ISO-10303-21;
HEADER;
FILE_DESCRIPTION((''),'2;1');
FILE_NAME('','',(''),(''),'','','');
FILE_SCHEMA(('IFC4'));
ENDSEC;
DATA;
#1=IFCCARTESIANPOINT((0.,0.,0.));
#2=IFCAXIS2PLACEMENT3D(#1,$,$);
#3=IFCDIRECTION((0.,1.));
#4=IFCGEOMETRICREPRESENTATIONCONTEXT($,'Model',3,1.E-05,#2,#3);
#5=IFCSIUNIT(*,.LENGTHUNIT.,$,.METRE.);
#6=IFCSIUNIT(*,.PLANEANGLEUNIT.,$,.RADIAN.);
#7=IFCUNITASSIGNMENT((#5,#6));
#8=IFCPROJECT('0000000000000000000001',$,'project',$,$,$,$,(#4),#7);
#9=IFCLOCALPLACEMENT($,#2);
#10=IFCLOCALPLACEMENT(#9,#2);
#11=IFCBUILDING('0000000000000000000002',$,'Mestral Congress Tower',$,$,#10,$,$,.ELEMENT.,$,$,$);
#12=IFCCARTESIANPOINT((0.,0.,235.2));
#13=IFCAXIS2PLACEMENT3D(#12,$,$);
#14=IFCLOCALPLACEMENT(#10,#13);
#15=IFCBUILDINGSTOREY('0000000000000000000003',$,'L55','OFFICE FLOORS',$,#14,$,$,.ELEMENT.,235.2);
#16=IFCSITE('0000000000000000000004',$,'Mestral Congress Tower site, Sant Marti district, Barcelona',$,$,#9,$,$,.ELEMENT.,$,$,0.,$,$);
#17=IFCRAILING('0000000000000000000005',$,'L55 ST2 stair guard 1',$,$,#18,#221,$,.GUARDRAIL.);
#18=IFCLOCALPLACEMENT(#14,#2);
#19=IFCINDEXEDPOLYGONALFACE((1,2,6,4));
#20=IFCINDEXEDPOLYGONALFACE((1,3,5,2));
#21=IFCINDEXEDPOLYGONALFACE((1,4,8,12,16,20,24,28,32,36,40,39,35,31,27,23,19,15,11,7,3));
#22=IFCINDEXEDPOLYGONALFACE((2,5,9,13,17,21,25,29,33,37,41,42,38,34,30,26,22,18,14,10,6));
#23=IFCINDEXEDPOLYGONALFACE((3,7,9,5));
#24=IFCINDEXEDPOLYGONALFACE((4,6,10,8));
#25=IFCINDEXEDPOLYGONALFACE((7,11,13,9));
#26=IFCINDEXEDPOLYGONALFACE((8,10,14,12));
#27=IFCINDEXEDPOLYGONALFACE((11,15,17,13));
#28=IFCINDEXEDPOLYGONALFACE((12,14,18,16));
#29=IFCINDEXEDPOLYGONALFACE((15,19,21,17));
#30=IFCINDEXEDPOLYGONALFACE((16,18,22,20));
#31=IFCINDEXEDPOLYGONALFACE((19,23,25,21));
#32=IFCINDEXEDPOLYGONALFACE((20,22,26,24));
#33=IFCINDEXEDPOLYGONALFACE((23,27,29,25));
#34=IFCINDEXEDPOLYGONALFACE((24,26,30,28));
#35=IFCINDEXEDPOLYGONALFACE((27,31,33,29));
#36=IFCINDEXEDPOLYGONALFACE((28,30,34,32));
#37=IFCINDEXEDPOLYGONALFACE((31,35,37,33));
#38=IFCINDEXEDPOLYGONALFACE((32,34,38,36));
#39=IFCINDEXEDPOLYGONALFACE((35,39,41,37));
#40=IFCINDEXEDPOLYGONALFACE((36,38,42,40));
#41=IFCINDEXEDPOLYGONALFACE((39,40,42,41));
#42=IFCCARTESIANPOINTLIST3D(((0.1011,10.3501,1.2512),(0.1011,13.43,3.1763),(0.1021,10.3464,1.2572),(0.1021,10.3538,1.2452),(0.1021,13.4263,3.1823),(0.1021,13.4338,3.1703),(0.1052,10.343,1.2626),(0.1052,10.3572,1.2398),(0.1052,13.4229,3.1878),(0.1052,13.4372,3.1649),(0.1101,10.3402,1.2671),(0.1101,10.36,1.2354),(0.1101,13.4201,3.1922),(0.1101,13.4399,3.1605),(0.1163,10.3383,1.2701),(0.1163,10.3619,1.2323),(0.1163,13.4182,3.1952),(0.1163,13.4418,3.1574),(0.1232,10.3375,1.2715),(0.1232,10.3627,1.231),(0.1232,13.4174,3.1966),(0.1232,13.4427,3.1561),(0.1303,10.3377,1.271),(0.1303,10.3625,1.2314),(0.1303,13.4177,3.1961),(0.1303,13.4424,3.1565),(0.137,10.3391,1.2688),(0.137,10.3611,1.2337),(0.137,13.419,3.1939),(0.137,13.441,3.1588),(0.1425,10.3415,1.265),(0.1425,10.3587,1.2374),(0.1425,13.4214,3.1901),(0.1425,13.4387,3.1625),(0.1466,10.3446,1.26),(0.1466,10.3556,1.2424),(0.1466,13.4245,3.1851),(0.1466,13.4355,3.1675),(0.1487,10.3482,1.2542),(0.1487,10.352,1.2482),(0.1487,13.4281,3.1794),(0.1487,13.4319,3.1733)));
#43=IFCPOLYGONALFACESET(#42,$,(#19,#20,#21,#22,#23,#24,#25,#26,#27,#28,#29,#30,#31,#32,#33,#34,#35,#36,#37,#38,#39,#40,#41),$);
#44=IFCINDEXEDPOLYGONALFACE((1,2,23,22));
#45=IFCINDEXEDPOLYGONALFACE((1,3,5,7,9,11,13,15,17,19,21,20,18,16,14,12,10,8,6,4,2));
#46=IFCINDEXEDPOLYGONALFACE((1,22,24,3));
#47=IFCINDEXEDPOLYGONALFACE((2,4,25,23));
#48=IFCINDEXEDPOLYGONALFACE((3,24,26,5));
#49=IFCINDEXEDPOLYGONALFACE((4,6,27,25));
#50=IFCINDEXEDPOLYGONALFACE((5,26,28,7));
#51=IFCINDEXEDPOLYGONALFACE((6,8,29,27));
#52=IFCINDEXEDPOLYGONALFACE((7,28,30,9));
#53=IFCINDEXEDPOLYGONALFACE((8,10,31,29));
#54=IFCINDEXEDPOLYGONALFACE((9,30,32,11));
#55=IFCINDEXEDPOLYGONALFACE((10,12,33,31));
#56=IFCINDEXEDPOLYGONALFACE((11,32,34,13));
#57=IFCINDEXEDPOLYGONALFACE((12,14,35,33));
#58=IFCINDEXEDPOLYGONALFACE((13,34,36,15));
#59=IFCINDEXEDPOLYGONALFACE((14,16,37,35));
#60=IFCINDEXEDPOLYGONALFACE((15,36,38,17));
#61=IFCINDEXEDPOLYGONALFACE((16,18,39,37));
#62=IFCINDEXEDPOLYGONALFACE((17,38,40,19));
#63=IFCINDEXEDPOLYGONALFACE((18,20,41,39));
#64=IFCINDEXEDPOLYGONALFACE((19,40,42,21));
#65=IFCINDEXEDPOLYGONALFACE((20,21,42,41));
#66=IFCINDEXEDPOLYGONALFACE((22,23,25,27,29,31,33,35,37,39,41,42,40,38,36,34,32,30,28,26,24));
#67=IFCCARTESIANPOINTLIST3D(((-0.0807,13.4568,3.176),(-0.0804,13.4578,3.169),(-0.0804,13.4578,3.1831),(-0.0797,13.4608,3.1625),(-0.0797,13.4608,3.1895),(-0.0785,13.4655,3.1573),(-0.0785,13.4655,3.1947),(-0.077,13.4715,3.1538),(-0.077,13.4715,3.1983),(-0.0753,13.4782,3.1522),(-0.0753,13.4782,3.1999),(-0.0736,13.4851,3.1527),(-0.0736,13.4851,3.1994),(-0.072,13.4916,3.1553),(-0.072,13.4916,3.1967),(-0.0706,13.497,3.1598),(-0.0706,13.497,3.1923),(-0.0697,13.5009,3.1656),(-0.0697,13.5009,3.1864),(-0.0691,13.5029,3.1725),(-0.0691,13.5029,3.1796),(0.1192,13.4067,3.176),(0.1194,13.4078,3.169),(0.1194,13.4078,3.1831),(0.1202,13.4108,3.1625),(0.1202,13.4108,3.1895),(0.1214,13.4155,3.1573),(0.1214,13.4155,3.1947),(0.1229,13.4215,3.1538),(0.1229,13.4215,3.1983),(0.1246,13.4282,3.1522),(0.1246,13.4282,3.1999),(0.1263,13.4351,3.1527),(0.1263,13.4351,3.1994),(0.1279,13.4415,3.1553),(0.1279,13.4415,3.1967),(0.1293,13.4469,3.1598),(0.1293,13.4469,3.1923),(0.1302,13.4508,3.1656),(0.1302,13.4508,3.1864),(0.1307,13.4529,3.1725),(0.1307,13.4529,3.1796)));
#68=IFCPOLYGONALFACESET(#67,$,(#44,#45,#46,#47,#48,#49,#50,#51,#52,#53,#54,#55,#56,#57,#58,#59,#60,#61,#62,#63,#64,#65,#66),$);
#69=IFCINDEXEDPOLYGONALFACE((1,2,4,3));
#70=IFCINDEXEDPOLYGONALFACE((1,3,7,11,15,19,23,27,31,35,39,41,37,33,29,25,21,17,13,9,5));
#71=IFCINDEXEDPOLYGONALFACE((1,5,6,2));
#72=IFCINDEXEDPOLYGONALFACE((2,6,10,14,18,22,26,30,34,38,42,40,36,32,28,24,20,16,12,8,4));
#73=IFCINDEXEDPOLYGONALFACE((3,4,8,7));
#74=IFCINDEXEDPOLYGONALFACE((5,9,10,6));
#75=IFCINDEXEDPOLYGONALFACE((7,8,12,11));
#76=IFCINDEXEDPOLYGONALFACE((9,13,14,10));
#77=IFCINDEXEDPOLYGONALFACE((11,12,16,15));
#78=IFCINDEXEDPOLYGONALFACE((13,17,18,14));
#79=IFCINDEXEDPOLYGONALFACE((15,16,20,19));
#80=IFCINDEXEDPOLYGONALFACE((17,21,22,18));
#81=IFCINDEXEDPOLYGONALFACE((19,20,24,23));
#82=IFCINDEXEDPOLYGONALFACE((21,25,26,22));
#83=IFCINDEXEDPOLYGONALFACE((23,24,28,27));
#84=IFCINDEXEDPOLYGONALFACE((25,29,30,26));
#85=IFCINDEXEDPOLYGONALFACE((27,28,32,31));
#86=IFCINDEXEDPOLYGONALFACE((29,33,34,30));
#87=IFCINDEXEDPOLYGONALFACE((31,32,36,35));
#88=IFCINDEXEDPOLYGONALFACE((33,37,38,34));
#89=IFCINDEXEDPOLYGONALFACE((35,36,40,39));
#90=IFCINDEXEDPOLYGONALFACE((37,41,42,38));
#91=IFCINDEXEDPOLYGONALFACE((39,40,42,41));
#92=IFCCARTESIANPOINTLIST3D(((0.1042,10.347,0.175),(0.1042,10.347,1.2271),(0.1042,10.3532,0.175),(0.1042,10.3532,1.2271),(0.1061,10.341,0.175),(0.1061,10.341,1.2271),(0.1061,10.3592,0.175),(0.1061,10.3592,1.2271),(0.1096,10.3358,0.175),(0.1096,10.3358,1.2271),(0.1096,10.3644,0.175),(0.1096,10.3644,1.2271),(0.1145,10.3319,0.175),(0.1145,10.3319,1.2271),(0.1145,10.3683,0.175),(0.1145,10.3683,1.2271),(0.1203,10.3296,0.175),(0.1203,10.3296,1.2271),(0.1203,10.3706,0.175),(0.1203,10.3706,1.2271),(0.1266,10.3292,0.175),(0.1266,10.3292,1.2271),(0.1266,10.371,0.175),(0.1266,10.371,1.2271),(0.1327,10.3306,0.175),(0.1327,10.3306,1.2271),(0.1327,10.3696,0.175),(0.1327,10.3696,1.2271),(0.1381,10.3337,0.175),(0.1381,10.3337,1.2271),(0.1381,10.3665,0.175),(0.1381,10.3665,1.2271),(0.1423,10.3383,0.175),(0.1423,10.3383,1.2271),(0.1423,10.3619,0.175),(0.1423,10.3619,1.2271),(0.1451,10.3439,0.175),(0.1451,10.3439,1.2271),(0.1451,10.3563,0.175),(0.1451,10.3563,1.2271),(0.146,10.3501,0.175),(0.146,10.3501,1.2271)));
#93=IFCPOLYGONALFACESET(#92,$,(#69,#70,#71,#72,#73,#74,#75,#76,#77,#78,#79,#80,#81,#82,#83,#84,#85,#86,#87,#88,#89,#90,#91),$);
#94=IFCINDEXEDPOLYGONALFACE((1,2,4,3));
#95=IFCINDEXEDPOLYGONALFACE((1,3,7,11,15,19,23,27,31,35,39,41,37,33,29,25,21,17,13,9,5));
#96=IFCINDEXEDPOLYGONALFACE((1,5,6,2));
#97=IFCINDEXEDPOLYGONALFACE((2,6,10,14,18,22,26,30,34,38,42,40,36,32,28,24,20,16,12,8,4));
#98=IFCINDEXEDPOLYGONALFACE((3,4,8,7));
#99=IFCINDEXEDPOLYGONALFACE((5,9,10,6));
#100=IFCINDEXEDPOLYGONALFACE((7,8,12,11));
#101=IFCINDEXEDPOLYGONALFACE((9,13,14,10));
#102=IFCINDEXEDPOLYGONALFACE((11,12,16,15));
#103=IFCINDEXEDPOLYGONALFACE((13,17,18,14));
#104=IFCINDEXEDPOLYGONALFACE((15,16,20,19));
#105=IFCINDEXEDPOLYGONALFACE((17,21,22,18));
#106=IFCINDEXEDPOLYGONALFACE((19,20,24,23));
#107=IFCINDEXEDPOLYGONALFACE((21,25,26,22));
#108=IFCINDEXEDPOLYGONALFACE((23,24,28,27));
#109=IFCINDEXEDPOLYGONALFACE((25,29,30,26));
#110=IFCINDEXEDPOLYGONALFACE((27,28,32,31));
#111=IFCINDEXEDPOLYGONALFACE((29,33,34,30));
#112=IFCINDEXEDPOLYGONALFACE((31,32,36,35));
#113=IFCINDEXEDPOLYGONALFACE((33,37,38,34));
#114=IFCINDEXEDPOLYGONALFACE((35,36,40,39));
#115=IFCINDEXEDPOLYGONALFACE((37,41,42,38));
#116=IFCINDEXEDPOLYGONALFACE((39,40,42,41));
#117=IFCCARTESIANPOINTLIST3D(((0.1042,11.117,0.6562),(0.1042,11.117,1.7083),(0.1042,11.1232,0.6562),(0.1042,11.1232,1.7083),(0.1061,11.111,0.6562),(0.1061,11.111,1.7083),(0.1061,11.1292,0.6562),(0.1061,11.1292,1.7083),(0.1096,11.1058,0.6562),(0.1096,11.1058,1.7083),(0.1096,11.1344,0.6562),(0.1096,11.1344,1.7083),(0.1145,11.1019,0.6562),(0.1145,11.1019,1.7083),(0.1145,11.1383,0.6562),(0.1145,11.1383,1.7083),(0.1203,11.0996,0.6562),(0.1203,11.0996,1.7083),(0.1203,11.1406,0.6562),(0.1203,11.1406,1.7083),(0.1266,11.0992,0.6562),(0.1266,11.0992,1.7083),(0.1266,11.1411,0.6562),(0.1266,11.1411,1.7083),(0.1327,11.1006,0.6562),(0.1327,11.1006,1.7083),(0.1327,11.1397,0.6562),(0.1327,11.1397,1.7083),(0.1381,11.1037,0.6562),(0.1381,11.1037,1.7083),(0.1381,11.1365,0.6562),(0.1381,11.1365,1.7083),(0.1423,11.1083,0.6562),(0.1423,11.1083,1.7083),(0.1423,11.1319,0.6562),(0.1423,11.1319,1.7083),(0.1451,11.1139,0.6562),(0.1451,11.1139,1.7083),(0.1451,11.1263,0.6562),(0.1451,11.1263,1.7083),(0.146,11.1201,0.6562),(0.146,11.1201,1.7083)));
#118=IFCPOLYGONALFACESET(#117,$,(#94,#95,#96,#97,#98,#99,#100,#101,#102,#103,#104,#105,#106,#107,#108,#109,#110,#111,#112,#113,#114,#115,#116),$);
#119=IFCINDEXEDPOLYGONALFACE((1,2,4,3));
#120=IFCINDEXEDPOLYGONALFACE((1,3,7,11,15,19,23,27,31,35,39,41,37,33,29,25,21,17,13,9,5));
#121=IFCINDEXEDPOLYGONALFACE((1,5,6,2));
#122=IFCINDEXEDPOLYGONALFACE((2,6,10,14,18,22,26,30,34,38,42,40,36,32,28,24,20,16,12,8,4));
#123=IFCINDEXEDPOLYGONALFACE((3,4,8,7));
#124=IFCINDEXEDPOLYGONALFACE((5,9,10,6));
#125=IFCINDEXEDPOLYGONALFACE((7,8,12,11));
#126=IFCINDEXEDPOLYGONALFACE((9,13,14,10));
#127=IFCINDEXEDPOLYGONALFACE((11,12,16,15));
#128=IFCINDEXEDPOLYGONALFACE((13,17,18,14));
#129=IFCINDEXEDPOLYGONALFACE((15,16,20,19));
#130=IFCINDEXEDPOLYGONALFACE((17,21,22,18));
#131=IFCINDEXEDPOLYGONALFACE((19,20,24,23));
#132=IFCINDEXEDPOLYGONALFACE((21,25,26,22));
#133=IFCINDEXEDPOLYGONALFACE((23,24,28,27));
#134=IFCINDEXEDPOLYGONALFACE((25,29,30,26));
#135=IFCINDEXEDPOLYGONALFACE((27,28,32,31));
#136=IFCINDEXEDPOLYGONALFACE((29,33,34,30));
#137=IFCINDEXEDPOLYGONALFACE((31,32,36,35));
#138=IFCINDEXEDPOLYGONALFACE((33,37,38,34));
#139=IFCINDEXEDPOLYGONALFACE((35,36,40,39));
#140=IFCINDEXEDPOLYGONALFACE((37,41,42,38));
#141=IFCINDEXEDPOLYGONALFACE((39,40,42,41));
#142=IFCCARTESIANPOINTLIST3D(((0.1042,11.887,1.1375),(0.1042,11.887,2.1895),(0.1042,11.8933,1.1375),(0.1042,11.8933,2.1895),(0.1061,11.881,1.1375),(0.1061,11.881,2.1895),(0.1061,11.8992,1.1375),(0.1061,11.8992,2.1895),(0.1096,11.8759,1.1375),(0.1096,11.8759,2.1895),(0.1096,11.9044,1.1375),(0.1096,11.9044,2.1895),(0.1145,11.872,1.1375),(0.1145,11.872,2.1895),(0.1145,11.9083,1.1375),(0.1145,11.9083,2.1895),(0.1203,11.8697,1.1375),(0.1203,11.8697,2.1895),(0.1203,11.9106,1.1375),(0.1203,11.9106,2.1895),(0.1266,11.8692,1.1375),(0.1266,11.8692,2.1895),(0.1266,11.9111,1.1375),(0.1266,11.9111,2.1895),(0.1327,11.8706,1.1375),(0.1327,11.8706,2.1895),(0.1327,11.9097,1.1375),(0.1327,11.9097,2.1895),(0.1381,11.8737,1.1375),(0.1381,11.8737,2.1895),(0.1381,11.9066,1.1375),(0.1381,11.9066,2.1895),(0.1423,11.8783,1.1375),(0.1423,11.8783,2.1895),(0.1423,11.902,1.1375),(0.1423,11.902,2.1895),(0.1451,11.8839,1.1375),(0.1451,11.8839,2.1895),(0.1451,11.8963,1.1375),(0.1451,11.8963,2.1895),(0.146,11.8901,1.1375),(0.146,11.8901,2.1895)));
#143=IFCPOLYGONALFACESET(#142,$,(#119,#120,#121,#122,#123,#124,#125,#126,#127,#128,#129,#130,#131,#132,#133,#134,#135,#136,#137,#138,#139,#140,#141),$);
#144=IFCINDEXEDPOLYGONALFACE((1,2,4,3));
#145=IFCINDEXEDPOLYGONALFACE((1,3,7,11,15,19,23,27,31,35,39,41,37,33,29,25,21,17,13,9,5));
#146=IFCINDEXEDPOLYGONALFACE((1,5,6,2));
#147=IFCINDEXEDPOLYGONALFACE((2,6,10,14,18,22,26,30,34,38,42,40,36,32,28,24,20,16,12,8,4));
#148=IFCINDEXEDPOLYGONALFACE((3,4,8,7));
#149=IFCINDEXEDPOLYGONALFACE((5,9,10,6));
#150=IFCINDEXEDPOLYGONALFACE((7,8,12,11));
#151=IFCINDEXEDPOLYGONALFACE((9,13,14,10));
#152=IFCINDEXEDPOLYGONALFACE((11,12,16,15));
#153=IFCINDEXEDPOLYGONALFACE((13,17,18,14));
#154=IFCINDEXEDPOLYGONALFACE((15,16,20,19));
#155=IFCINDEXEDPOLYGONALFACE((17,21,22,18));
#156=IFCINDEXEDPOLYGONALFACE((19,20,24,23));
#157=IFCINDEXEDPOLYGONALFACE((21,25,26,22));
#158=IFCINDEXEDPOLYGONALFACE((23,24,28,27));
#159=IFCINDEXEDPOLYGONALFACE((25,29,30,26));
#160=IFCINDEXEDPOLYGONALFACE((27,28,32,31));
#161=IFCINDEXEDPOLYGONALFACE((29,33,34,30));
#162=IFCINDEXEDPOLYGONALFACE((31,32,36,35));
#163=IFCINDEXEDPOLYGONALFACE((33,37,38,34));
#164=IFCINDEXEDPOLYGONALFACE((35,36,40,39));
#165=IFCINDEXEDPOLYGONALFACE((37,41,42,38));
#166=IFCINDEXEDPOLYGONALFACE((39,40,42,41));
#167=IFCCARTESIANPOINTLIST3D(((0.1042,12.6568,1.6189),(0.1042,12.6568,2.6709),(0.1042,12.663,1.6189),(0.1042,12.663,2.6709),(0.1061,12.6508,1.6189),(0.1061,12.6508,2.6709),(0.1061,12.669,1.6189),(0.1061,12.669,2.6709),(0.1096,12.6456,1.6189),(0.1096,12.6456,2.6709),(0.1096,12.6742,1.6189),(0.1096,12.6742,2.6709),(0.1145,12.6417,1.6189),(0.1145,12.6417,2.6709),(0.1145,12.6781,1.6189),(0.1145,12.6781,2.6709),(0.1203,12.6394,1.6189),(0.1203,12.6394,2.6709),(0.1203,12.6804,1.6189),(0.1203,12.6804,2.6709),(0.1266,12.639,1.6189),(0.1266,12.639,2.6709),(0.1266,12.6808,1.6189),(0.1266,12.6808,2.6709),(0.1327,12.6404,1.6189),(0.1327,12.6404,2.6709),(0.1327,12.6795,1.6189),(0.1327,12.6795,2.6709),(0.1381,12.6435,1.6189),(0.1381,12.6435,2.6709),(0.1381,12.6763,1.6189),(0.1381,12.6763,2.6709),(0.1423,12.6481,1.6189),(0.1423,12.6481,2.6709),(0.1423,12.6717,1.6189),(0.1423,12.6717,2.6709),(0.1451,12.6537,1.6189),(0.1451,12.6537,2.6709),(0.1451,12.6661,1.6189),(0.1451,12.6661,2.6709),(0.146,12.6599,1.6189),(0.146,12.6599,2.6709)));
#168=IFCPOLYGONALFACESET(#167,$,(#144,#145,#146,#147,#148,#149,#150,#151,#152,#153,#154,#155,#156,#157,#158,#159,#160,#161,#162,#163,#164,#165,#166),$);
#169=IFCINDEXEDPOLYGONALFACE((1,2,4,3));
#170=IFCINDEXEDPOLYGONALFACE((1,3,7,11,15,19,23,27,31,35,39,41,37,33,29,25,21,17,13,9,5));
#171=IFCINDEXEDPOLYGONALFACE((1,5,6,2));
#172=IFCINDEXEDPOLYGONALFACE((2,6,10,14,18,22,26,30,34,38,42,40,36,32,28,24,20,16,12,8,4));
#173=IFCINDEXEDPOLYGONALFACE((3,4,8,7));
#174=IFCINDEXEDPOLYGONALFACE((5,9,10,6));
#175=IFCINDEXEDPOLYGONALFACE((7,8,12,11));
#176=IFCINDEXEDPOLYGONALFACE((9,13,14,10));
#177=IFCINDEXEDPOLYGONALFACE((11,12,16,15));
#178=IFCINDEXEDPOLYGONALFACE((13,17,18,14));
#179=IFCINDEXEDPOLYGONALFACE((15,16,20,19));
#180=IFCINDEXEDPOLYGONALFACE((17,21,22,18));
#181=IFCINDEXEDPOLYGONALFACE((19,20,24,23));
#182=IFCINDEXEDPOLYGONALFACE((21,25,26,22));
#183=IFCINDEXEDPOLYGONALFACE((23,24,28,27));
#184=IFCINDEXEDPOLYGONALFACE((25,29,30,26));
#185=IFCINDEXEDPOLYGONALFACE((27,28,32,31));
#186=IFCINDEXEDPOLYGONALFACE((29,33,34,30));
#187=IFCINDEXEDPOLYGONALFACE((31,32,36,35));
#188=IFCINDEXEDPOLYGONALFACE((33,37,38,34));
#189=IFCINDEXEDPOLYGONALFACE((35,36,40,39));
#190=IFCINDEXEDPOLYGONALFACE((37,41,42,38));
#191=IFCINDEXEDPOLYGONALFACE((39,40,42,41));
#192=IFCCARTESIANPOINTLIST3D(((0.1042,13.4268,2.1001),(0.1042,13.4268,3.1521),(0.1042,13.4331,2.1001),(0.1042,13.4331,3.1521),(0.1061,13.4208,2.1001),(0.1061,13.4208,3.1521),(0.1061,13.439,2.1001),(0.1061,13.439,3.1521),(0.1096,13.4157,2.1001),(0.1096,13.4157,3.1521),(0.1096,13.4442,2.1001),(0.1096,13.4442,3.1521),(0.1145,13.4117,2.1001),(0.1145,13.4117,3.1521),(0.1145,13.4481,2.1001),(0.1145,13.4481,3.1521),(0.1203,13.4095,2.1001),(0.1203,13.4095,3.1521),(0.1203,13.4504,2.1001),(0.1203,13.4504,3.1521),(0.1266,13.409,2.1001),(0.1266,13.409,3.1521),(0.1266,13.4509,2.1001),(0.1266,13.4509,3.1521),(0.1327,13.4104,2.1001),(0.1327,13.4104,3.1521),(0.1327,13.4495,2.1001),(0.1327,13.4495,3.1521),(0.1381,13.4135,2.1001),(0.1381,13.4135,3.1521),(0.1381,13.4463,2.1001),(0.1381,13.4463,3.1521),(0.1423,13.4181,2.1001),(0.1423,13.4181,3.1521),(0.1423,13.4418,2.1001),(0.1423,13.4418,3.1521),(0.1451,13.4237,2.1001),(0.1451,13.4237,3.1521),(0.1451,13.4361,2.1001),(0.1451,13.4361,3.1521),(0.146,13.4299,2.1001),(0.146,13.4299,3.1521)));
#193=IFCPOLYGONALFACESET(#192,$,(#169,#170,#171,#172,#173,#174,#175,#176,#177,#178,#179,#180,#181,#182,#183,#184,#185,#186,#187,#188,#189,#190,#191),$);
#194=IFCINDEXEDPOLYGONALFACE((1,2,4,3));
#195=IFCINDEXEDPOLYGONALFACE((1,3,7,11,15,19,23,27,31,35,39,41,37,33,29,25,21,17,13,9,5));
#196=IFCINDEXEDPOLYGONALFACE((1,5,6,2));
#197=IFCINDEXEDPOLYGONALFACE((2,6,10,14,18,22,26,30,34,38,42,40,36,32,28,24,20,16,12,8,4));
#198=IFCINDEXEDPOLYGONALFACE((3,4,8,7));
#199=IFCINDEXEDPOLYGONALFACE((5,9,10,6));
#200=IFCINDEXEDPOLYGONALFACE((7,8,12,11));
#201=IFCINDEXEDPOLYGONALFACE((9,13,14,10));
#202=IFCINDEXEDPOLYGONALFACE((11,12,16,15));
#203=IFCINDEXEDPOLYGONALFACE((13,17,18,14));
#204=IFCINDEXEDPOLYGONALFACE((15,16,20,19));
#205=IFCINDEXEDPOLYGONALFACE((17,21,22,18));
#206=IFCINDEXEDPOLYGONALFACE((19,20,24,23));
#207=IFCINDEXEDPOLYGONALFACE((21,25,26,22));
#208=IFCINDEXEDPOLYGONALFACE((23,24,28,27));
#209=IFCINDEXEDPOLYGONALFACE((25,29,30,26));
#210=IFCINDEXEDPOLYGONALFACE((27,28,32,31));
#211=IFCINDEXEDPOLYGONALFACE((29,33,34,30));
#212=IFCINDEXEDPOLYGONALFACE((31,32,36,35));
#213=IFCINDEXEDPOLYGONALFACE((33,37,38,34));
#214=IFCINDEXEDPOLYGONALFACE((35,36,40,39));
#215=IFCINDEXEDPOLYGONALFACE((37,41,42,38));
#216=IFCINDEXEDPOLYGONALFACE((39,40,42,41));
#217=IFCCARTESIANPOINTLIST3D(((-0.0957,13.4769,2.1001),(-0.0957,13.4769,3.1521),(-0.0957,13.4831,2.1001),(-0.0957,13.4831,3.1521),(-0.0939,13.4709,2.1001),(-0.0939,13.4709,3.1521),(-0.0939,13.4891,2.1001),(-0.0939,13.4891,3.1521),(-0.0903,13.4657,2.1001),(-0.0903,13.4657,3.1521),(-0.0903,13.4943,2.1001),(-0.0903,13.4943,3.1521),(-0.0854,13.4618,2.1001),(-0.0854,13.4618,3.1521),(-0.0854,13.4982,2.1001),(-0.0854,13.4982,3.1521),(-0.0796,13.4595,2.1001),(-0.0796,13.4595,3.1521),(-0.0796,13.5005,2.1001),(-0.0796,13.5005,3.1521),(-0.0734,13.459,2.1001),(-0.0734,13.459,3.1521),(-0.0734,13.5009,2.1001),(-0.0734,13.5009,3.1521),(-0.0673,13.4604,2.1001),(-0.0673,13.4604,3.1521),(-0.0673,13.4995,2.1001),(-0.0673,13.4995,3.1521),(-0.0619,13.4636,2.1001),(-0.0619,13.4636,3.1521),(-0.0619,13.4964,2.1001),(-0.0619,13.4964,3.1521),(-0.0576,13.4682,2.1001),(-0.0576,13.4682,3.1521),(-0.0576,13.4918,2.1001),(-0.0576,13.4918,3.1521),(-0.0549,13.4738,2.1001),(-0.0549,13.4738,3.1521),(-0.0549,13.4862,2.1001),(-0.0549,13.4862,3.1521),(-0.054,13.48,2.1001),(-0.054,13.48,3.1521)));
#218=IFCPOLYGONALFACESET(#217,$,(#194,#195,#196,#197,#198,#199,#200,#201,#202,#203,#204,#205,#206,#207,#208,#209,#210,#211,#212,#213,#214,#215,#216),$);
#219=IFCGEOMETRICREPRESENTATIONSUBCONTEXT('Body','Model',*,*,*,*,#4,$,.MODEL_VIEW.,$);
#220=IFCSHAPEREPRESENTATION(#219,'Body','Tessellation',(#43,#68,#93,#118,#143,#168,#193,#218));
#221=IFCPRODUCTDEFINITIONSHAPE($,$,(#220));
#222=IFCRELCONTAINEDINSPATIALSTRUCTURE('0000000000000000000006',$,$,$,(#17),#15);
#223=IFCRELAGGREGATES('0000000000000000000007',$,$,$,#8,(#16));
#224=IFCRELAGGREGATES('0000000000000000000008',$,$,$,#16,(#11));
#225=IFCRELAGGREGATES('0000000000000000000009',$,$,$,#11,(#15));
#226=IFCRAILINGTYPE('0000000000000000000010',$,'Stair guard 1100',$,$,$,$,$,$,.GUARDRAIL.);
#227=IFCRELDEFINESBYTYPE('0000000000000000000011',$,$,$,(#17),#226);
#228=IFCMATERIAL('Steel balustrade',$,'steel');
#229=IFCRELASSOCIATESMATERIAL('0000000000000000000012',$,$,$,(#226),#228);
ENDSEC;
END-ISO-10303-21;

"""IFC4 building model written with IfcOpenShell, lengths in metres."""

from ifc_helpers import new_model, si_unit, direction, frame, origin, origin_2d, place, context, subcontext, project, spatial, circle, extrude, material, type_object, element, save


model = new_model("IFC4")

# Units and contexts
model_context = context("Model", 3, precision=1e-05, world=origin(), true_north=direction((0.0, 1.0)))
body_context = subcontext(model_context, "Body", "Model", "MODEL_VIEW")
ifc_project = project(units=[si_unit("LENGTHUNIT", "METRE"), si_unit("PLANEANGLEUNIT", "RADIAN")], contexts=[model_context])

# Site, building, storey
site_placement = place(None, origin())
site = spatial("IfcSite", under=ifc_project, at=site_placement, Name="Mestral Congress Tower site, Sant Marti district, Barcelona", CompositionType="ELEMENT", RefElevation=0.0)
building_placement = place(site_placement, origin())
building = spatial("IfcBuilding", under=site, at=building_placement, Name="Mestral Congress Tower", CompositionType="ELEMENT")
storey_placement = place(building_placement, frame((0.0, 0.0, 235.2)))
storey = spatial("IfcBuildingStorey", under=building, at=storey_placement, Name="L55", Description="OFFICE FLOORS", CompositionType="ELEMENT", Elevation=235.2)

# Railing
ifc_material_1 = material(Name="Steel balustrade", Category="steel")
railing_type_1 = type_object("IfcRailingType", Name="Stair guard 1100", PredefinedType="GUARDRAIL", material=ifc_material_1)
railing_1_placement = place(storey_placement, frame((0.125, 10.3501, 0.175)))
element("IfcRailing", 1, at=railing_1_placement, inside=storey, type_object=railing_type_1, Name="L55 ST2 stair guard 1", PredefinedType="GUARDRAIL", context=body_context, shape_type="SweptSolid", body=[
    extrude(circle(Radius=0.0239, at=origin_2d()), frame((0.0, 0.0, 1.0762), z_axis=(0.0, 0.847979, 0.530029), x_axis=(-1.0, 0.0, 0.0)), (0.0, 0.0, 1.0), 3.6321),
    extrude(circle(Radius=0.0239, at=origin_2d()), frame((0.0, 3.0798, 3.001), z_axis=(-0.970073, 0.242814, 0.0), x_axis=(-0.242814, -0.970073, 0.0)), (0.0, 0.0, 1.0), 0.2061),
    extrude(circle(Radius=0.021, at=origin_2d()), origin(), (0.0, 0.0, 1.0), 1.052),
    extrude(circle(Radius=0.021, at=origin_2d()), frame((0.0, 0.77, 0.4812)), (0.0, 0.0, 1.0), 1.052),
    extrude(circle(Radius=0.021, at=origin_2d()), frame((0.0, 1.54, 0.9624)), (0.0, 0.0, 1.0), 1.052),
    extrude(circle(Radius=0.021, at=origin_2d()), frame((0.0, 2.3098, 1.4438)), (0.0, 0.0, 1.0), 1.052),
    extrude(circle(Radius=0.021, at=origin_2d()), frame((0.0, 3.0798, 1.925)), (0.0, 0.0, 1.0), 1.052),
    extrude(circle(Radius=0.021, at=origin_2d()), frame((-0.2, 3.1299, 1.925)), (0.0, 0.0, 1.0), 1.052),
])

save(model, "model.ifc")
